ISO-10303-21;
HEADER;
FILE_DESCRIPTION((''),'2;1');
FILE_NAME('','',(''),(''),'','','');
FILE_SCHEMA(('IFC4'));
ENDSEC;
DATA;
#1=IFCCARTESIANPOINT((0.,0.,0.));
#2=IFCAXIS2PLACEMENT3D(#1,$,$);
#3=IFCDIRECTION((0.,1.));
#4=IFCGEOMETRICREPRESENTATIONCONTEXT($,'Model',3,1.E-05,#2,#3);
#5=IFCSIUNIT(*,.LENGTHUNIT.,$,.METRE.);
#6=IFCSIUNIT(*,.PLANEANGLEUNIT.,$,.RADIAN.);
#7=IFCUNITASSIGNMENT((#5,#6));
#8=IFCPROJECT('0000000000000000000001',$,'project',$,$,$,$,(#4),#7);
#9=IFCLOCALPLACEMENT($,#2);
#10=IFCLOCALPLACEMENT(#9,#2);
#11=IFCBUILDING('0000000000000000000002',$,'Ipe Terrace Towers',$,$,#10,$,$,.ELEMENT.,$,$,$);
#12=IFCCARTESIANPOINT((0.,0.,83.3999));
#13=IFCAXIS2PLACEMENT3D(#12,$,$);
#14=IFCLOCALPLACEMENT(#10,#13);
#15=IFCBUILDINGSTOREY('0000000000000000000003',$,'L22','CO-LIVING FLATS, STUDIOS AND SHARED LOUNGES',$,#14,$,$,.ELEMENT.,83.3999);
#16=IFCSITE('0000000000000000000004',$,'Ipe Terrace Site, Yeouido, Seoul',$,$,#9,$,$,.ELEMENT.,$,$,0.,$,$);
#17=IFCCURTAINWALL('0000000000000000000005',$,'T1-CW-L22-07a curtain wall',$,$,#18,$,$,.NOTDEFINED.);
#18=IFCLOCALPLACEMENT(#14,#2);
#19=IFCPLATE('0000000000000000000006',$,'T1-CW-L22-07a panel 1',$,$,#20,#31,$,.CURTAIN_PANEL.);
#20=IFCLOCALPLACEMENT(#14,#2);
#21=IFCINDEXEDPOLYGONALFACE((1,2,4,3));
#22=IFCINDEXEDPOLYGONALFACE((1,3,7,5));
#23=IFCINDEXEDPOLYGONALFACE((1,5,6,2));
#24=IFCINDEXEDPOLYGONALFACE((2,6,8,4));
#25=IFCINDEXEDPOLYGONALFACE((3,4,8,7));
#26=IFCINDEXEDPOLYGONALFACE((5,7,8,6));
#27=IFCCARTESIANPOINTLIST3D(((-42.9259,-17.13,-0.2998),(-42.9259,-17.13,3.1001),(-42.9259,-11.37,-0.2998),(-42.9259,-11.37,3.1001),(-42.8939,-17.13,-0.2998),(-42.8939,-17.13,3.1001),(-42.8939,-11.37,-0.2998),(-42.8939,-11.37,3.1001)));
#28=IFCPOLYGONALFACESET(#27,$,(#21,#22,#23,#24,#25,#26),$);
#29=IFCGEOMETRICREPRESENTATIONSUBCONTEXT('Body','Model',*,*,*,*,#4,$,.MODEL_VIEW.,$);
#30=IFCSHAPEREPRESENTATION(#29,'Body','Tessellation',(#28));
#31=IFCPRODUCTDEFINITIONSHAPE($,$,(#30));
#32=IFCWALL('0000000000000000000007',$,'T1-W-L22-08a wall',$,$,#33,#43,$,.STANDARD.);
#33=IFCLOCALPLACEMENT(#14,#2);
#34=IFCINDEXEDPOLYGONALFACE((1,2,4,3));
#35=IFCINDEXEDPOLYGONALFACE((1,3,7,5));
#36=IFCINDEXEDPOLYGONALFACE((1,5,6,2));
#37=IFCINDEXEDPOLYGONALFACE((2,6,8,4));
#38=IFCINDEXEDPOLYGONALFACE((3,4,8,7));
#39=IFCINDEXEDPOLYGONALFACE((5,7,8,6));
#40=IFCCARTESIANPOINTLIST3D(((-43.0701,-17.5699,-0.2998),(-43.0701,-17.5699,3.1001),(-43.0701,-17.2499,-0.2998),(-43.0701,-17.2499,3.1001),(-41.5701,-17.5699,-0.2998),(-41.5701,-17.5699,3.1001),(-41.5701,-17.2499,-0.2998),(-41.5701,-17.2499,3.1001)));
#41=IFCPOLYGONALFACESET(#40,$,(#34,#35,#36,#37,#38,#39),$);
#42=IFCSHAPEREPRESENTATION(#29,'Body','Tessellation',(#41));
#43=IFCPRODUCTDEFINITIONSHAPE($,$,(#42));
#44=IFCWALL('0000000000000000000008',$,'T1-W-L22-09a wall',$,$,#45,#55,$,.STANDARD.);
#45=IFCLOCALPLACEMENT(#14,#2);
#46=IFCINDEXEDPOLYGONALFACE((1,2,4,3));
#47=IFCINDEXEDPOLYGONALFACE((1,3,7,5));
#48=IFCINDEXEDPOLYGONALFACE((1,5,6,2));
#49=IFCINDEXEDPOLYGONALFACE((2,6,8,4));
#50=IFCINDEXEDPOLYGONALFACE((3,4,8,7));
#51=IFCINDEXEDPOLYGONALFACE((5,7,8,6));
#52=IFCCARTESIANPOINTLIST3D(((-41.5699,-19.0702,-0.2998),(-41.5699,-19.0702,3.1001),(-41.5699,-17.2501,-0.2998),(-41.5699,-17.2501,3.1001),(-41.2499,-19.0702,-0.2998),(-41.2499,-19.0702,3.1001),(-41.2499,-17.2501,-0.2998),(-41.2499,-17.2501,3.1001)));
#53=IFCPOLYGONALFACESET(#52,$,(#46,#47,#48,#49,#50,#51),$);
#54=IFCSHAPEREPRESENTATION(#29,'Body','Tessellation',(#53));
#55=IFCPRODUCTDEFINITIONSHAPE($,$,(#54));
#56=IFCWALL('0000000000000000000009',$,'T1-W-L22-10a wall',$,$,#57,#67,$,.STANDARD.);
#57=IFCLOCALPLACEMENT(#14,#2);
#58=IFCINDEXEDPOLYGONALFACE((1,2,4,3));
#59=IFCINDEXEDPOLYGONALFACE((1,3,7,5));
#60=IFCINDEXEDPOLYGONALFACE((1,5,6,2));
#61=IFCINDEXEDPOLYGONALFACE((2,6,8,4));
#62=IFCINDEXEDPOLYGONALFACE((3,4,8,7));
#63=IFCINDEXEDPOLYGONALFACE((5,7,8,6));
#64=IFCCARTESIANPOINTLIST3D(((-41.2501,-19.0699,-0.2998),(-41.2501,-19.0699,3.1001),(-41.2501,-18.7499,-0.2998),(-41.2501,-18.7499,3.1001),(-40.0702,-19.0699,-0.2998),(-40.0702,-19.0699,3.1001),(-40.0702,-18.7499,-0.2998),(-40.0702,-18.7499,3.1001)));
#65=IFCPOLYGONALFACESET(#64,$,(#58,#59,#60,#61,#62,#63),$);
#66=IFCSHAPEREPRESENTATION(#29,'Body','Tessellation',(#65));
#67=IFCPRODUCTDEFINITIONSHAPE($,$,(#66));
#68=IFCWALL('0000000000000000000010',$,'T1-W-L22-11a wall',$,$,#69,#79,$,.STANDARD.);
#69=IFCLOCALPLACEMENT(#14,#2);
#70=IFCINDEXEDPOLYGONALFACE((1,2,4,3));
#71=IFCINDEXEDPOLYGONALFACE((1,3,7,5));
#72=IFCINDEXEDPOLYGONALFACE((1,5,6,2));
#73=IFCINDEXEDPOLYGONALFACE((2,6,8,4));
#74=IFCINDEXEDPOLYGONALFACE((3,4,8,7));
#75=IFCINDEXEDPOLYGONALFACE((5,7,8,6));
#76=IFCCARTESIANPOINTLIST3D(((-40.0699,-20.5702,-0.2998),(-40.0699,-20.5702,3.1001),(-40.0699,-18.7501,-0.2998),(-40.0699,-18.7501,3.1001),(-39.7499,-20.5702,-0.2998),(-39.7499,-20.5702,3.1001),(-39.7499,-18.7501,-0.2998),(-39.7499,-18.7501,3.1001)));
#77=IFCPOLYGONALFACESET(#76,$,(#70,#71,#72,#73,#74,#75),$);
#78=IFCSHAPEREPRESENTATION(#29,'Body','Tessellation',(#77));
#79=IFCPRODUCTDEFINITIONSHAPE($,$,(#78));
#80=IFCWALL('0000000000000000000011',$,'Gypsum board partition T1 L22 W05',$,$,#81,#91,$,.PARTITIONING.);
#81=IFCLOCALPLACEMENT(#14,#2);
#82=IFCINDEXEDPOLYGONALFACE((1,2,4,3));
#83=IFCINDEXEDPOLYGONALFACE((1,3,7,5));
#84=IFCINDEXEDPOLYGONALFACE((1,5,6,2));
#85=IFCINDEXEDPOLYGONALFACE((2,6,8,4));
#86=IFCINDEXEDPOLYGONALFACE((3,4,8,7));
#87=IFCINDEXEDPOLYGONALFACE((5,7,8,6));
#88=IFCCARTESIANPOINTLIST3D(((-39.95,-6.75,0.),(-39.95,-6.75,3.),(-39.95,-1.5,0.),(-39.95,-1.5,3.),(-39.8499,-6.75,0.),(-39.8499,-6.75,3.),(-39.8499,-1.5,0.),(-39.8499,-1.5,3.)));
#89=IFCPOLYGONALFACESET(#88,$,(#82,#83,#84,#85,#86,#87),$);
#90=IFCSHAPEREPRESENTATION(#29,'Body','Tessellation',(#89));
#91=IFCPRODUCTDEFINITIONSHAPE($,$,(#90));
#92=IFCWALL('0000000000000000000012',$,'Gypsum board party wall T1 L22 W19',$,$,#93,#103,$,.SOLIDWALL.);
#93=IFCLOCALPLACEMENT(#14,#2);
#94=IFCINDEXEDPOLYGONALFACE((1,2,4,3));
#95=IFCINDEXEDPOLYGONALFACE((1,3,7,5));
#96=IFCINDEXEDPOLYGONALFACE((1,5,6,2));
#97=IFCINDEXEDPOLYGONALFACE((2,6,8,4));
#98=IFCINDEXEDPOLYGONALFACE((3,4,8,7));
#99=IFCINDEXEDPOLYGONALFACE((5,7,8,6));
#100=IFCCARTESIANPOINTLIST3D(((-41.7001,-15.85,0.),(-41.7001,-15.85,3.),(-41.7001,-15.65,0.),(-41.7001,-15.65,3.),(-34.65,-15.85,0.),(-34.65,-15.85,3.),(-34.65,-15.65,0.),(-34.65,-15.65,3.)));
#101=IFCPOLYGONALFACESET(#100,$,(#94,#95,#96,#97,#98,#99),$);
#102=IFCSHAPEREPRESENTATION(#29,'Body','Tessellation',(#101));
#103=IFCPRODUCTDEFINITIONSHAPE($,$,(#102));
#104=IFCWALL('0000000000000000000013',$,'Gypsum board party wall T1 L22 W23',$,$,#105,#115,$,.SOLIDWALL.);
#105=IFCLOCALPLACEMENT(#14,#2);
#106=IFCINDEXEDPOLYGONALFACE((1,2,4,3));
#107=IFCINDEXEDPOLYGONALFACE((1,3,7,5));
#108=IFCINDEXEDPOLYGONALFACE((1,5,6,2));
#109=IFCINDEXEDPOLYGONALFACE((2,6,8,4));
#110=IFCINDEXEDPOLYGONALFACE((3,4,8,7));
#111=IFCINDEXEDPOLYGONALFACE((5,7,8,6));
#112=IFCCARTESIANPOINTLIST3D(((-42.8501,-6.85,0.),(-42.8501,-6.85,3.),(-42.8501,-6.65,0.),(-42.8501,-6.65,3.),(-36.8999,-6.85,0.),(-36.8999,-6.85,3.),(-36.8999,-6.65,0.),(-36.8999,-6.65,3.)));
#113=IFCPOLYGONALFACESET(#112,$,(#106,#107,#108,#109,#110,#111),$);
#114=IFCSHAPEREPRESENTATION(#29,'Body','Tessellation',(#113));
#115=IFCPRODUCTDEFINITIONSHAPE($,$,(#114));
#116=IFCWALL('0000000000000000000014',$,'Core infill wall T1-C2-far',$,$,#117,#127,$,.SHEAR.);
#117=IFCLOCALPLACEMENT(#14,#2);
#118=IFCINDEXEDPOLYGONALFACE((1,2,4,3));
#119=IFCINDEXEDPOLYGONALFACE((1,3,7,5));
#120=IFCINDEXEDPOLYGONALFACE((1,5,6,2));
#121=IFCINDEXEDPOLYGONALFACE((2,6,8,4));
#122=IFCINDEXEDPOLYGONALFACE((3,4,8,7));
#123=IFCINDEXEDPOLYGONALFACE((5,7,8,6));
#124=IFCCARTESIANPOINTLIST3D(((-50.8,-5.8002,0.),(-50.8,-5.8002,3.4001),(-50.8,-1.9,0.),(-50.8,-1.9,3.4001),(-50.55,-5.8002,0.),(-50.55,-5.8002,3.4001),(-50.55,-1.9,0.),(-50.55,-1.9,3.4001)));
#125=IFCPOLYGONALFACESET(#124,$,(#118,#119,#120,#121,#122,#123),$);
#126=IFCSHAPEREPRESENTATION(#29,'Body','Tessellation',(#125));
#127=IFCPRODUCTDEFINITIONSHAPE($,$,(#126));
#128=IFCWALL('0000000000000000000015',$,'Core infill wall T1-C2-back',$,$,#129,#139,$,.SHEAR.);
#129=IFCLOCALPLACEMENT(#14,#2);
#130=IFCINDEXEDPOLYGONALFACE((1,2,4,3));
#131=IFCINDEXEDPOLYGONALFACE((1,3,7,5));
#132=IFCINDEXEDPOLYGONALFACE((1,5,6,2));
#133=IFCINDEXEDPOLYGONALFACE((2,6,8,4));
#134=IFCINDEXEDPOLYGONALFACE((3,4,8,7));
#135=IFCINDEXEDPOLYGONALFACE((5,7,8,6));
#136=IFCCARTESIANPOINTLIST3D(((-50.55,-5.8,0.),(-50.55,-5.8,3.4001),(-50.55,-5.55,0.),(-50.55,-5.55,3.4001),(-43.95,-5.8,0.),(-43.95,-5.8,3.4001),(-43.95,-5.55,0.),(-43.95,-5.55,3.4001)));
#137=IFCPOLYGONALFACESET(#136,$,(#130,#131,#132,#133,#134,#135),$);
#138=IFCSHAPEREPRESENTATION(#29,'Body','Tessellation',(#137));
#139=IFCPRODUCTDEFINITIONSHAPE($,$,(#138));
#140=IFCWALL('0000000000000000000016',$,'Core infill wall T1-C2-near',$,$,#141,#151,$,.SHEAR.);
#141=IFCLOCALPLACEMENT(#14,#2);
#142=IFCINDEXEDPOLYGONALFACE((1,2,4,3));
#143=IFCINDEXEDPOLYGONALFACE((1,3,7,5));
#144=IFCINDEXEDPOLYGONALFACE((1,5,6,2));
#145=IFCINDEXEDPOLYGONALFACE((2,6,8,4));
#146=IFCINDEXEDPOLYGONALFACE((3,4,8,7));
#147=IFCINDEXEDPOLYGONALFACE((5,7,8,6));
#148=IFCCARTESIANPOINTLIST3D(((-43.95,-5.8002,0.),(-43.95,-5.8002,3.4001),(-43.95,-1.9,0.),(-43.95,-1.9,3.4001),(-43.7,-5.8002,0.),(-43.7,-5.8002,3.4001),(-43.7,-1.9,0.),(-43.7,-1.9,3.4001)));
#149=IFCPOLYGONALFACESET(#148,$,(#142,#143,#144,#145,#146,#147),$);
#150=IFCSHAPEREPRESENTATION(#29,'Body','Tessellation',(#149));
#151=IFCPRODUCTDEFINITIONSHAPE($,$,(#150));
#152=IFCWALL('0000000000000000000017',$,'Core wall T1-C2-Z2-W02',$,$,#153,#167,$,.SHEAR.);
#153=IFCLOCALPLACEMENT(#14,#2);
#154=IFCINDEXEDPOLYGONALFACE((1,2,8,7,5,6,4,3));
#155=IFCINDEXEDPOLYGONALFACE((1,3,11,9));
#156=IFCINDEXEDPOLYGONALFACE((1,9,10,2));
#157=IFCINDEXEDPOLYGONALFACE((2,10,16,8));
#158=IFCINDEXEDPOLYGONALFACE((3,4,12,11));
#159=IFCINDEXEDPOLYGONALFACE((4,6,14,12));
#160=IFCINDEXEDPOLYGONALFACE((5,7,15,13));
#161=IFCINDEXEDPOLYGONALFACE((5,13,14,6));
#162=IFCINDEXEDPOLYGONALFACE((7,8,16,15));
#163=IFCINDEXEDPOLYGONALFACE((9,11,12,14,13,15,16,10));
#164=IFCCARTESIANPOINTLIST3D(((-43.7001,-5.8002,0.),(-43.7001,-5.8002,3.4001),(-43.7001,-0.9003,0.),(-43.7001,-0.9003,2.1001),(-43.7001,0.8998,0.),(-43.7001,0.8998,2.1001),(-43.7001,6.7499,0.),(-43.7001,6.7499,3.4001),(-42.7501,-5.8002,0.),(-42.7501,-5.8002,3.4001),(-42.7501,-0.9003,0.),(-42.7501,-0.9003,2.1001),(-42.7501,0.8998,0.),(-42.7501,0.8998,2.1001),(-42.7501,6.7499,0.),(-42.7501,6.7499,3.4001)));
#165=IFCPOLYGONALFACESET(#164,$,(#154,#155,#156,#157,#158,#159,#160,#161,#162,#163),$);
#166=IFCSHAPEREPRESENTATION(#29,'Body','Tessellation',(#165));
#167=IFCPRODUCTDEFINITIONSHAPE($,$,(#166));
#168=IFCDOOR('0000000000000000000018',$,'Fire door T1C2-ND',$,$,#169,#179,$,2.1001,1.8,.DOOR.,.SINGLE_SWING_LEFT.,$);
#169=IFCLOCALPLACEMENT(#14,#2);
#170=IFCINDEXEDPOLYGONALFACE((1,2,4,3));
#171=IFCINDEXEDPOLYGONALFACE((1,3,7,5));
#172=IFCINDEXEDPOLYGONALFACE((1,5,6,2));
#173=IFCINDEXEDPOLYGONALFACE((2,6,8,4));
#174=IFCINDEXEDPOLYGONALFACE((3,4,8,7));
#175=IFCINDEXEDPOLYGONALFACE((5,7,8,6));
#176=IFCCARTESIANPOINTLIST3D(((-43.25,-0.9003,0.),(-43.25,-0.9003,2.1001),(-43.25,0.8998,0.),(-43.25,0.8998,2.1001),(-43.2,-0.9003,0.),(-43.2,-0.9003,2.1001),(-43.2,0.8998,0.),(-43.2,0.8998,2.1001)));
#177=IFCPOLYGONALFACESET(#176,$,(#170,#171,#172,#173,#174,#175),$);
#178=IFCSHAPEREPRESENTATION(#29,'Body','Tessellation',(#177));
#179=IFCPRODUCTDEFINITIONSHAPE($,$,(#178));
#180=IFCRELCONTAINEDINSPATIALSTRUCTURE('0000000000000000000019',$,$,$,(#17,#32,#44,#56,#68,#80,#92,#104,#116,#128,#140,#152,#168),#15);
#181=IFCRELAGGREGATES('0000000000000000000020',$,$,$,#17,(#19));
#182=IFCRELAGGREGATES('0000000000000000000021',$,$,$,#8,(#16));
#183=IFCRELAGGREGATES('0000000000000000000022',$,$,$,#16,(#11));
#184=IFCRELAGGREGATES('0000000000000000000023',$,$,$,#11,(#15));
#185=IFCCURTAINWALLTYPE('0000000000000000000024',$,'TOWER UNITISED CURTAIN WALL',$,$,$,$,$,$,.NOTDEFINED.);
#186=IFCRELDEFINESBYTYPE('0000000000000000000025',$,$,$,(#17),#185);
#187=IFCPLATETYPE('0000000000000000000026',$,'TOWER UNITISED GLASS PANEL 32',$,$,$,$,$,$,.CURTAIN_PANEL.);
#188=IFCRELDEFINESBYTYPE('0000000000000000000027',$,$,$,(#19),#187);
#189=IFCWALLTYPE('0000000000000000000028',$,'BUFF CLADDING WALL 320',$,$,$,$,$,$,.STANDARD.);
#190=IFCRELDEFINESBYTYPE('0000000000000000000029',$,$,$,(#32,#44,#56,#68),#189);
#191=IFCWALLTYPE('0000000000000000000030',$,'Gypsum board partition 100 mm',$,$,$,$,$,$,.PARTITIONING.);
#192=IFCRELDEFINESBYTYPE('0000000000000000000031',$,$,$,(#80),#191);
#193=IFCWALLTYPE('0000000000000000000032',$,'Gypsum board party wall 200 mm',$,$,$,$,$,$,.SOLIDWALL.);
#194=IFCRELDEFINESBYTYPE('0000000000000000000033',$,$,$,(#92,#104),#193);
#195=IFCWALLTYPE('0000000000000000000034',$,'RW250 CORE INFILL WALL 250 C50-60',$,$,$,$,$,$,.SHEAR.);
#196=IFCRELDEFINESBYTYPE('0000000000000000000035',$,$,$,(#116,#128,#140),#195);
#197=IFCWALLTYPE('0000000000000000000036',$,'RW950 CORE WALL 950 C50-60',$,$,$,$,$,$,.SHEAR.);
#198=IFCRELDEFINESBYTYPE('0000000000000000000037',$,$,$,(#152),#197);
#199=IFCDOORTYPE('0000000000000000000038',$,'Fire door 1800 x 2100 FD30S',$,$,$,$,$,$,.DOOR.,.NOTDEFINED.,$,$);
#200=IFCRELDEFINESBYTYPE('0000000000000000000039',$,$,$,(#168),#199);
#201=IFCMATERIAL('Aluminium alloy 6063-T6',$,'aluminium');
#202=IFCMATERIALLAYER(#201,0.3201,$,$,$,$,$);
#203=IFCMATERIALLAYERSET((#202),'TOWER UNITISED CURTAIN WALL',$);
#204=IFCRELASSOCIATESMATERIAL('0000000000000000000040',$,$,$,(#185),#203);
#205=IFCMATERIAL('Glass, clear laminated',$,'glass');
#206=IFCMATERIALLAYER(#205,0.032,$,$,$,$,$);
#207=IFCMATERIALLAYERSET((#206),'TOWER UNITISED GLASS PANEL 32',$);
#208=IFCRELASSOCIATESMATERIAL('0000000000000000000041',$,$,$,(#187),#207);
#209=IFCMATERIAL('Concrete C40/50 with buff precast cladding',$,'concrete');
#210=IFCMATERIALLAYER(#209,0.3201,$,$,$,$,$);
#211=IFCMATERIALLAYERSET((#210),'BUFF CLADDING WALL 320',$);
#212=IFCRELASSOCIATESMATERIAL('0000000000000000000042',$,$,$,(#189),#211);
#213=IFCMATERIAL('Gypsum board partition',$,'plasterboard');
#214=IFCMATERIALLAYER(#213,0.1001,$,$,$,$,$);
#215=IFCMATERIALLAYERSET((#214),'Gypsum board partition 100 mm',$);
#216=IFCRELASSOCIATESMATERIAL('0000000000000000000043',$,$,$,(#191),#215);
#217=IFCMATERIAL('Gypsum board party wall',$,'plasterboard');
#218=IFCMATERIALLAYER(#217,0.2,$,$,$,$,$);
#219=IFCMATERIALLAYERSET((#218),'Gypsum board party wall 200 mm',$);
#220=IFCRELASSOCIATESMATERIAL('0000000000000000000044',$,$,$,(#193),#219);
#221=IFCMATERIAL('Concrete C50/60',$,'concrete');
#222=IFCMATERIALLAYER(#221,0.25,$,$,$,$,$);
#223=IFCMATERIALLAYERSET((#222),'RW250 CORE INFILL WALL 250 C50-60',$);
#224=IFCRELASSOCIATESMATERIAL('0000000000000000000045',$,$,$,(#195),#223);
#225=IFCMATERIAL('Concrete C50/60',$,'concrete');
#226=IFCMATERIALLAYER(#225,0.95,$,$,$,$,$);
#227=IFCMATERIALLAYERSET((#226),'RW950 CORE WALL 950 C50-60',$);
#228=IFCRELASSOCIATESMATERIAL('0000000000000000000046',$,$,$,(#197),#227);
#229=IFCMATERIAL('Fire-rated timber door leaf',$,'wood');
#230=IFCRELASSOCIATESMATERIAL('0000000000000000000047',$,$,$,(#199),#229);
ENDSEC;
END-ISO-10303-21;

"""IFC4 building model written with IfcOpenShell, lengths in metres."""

from ifc_helpers import new_model, si_unit, direction, frame, frame_2d, origin, origin_2d, place, context, subcontext, project, spatial, rectangle, extrude, material, layer, layer_set, type_object, element, fill, aggregate, save


model = new_model("IFC4")

# Units and contexts
model_context = context("Model", 3, precision=1e-05, world=origin(), true_north=direction((0.0, 1.0)))
body_context = subcontext(model_context, "Body", "Model", "MODEL_VIEW")
ifc_project = project(units=[si_unit("LENGTHUNIT", "METRE"), si_unit("PLANEANGLEUNIT", "RADIAN")], contexts=[model_context])

# Site, building, storey
site_placement = place(None, origin())
site = spatial("IfcSite", under=ifc_project, at=site_placement, Name="Ipe Terrace Site, Yeouido, Seoul", CompositionType="ELEMENT", RefElevation=0.0)
building_placement = place(site_placement, origin())
building = spatial("IfcBuilding", under=site, at=building_placement, Name="Ipe Terrace Towers", CompositionType="ELEMENT")
storey_placement = place(building_placement, frame((0.0, 0.0, 83.3999)))
storey = spatial("IfcBuildingStorey", under=building, at=storey_placement, Name="L22", Description="CO-LIVING FLATS, STUDIOS AND SHARED LOUNGES", CompositionType="ELEMENT", Elevation=83.3999)

# Curtain wall
ifc_material_1 = material(Name="Aluminium alloy 6063-T6", Category="aluminium")
ifc_layer_1 = layer(ifc_material_1, 0.3201)
ifc_layer_set_1 = layer_set([ifc_layer_1], Name="TOWER UNITISED CURTAIN WALL")
curtain_wall_type = type_object("IfcCurtainWallType", Name="TOWER UNITISED CURTAIN WALL", PredefinedType="NOTDEFINED", material=ifc_layer_set_1)
curtain_wall_1_placement = place(storey_placement, origin())
curtain_wall_1 = element("IfcCurtainWall", 1, at=curtain_wall_1_placement, inside=storey, type_object=curtain_wall_type, Name="T1-CW-L22-07a curtain wall", PredefinedType="NOTDEFINED")

# Plate
ifc_material_2 = material(Name="Glass, clear laminated", Category="glass")
ifc_layer_2 = layer(ifc_material_2, 0.032)
ifc_layer_set_2 = layer_set([ifc_layer_2], Name="TOWER UNITISED GLASS PANEL 32")
plate_type = type_object("IfcPlateType", Name="TOWER UNITISED GLASS PANEL 32", PredefinedType="CURTAIN_PANEL", material=ifc_layer_set_2)
plate_1_placement = place(storey_placement, frame((-42.9099, -14.25, -0.2998), z_axis=(0.0, 0.0, 1.0), x_axis=(0.0, -1.0, 0.0)))
plate_1 = element("IfcPlate", 2, at=plate_1_placement, type_object=plate_type, Name="T1-CW-L22-07a panel 1", PredefinedType="CURTAIN_PANEL", context=body_context, shape_type="SweptSolid", body=[
    extrude(rectangle(XDim=5.76, YDim=0.032, at=origin_2d()), origin(), (0.0, 0.0, 1.0), 3.3999),
])
aggregate(curtain_wall_1, [plate_1])

# Walls
ifc_material_3 = material(Name="Concrete C40/50 with buff precast cladding", Category="concrete")
ifc_layer_3 = layer(ifc_material_3, 0.3201)
ifc_layer_set_3 = layer_set([ifc_layer_3], Name="BUFF CLADDING WALL 320")
wall_type_1 = type_object("IfcWallType", Name="BUFF CLADDING WALL 320", PredefinedType="STANDARD", material=ifc_layer_set_3)
wall_1_placement = place(storey_placement, frame((-43.0701, -17.4099, -0.2998), z_axis=(0.0, 0.0, 1.0), x_axis=(1.0, 0.0, 0.0)))
element("IfcWall", 3, at=wall_1_placement, inside=storey, type_object=wall_type_1, Name="T1-W-L22-08a wall", PredefinedType="STANDARD", context=body_context, shape_type="SweptSolid", body=[
    extrude(rectangle(XDim=1.5, YDim=0.3201, at=frame_2d((0.75, 0.0))), origin(), (0.0, 0.0, 1.0), 3.3999),
])
wall_2_placement = place(storey_placement, frame((-41.4099, -17.25, -0.2998), z_axis=(0.0, 0.0, 1.0), x_axis=(0.0, -1.0, 0.0)))
element("IfcWall", 4, at=wall_2_placement, inside=storey, type_object=wall_type_1, Name="T1-W-L22-09a wall", PredefinedType="STANDARD", context=body_context, shape_type="SweptSolid", body=[
    extrude(rectangle(XDim=1.8201, YDim=0.3201, at=frame_2d((0.9102, 0.0))), origin(), (0.0, 0.0, 1.0), 3.3999),
])
wall_3_placement = place(storey_placement, frame((-41.25, -18.9099, -0.2998), z_axis=(0.0, 0.0, 1.0), x_axis=(1.0, 0.0, 0.0)))
element("IfcWall", 5, at=wall_3_placement, inside=storey, type_object=wall_type_1, Name="T1-W-L22-10a wall", PredefinedType="STANDARD", context=body_context, shape_type="SweptSolid", body=[
    extrude(rectangle(XDim=1.1799, YDim=0.3201, at=frame_2d((0.5898, 0.0))), origin(), (0.0, 0.0, 1.0), 3.3999),
])
wall_4_placement = place(storey_placement, frame((-39.9099, -18.75, -0.2998), z_axis=(0.0, 0.0, 1.0), x_axis=(0.0, -1.0, 0.0)))
element("IfcWall", 6, at=wall_4_placement, inside=storey, type_object=wall_type_1, Name="T1-W-L22-11a wall", PredefinedType="STANDARD", context=body_context, shape_type="SweptSolid", body=[
    extrude(rectangle(XDim=1.8201, YDim=0.3201, at=frame_2d((0.9102, 0.0))), origin(), (0.0, 0.0, 1.0), 3.3999),
])
ifc_material_4 = material(Name="Gypsum board partition", Category="plasterboard")
ifc_layer_4 = layer(ifc_material_4, 0.1001)
ifc_layer_set_4 = layer_set([ifc_layer_4], Name="Gypsum board partition 100 mm")
wall_type_2 = type_object("IfcWallType", Name="Gypsum board partition 100 mm", PredefinedType="PARTITIONING", material=ifc_layer_set_4)
wall_5_placement = place(storey_placement, frame((-39.8999, -6.75, 0.0), z_axis=(0.0, 0.0, 1.0), x_axis=(0.0, 1.0, 0.0)))
element("IfcWall", 7, at=wall_5_placement, inside=storey, type_object=wall_type_2, Name="Gypsum board partition T1 L22 W05", PredefinedType="PARTITIONING", context=body_context, shape_type="SweptSolid", body=[
    extrude(rectangle(XDim=5.25, YDim=0.1001, at=frame_2d((2.625, 0.0))), origin(), (0.0, 0.0, 1.0), 3.0),
])
ifc_material_5 = material(Name="Gypsum board party wall", Category="plasterboard")
ifc_layer_5 = layer(ifc_material_5, 0.2)
ifc_layer_set_5 = layer_set([ifc_layer_5], Name="Gypsum board party wall 200 mm")
wall_type_3 = type_object("IfcWallType", Name="Gypsum board party wall 200 mm", PredefinedType="SOLIDWALL", material=ifc_layer_set_5)
wall_6_placement = place(storey_placement, frame((-41.7, -15.75, 0.0), z_axis=(0.0, 0.0, 1.0), x_axis=(1.0, 0.0, 0.0)))
element("IfcWall", 8, at=wall_6_placement, inside=storey, type_object=wall_type_3, Name="Gypsum board party wall T1 L22 W19", PredefinedType="SOLIDWALL", context=body_context, shape_type="SweptSolid", body=[
    extrude(rectangle(XDim=7.05, YDim=0.2, at=frame_2d((3.5249, 0.0))), origin(), (0.0, 0.0, 1.0), 3.0),
])
wall_7_placement = place(storey_placement, frame((-42.8501, -6.75, 0.0), z_axis=(0.0, 0.0, 1.0), x_axis=(1.0, 0.0, 0.0)))
element("IfcWall", 9, at=wall_7_placement, inside=storey, type_object=wall_type_3, Name="Gypsum board party wall T1 L22 W23", PredefinedType="SOLIDWALL", context=body_context, shape_type="SweptSolid", body=[
    extrude(rectangle(XDim=5.9502, YDim=0.2, at=frame_2d((2.9751, 0.0))), origin(), (0.0, 0.0, 1.0), 3.0),
])
ifc_material_6 = material(Name="Concrete C50/60", Category="concrete")
ifc_layer_6 = layer(ifc_material_6, 0.25)
ifc_layer_set_6 = layer_set([ifc_layer_6], Name="RW250 CORE INFILL WALL 250 C50-60")
wall_type_4 = type_object("IfcWallType", Name="RW250 CORE INFILL WALL 250 C50-60", PredefinedType="SHEAR", material=ifc_layer_set_6)
wall_8_placement = place(storey_placement, frame((-50.675, -1.8999, 0.0), z_axis=(0.0, 0.0, 1.0), x_axis=(0.0, -1.0, 0.0)))
element("IfcWall", 10, at=wall_8_placement, inside=storey, type_object=wall_type_4, Name="Core infill wall T1-C2-far", PredefinedType="SHEAR", context=body_context, shape_type="SweptSolid", body=[
    extrude(rectangle(XDim=3.9001, YDim=0.25, at=frame_2d((1.9502, 0.0))), origin(), (0.0, 0.0, 1.0), 3.4001),
])
wall_9_placement = place(storey_placement, frame((-43.95, -5.675, 0.0), z_axis=(0.0, 0.0, 1.0), x_axis=(-1.0, 0.0, 0.0)))
element("IfcWall", 11, at=wall_9_placement, inside=storey, type_object=wall_type_4, Name="Core infill wall T1-C2-back", PredefinedType="SHEAR", context=body_context, shape_type="SweptSolid", body=[
    extrude(rectangle(XDim=6.6001, YDim=0.25, at=frame_2d((3.3, 0.0))), origin(), (0.0, 0.0, 1.0), 3.4001),
])
wall_10_placement = place(storey_placement, frame((-43.825, -1.8999, 0.0), z_axis=(0.0, 0.0, 1.0), x_axis=(0.0, -1.0, 0.0)))
element("IfcWall", 12, at=wall_10_placement, inside=storey, type_object=wall_type_4, Name="Core infill wall T1-C2-near", PredefinedType="SHEAR", context=body_context, shape_type="SweptSolid", body=[
    extrude(rectangle(XDim=3.9001, YDim=0.25, at=frame_2d((1.9502, 0.0))), origin(), (0.0, 0.0, 1.0), 3.4001),
])

# Wall, opening, door
ifc_material_7 = material(Name="Concrete C50/60", Category="concrete")
ifc_layer_7 = layer(ifc_material_7, 0.95)
ifc_layer_set_7 = layer_set([ifc_layer_7], Name="RW950 CORE WALL 950 C50-60")
wall_type_5 = type_object("IfcWallType", Name="RW950 CORE WALL 950 C50-60", PredefinedType="SHEAR", material=ifc_layer_set_7)
wall_11_placement = place(storey_placement, frame((-43.2251, -5.8, 0.0), z_axis=(0.0, 0.0, 1.0), x_axis=(0.0, 1.0, 0.0)))
wall_11 = element("IfcWall", 13, at=wall_11_placement, inside=storey, type_object=wall_type_5, Name="Core wall T1-C2-Z2-W02", PredefinedType="SHEAR", context=body_context, shape_type="SweptSolid", body=[
    extrude(rectangle(XDim=12.55, YDim=0.95, at=frame_2d((6.2749, 0.0))), origin(), (0.0, 0.0, 1.0), 3.4001),
])
opening_placement = place(wall_11_placement, frame((4.8999, 0.0, 0.0)))
opening = element("IfcOpeningElement", 14, at=opening_placement, cuts=wall_11, PredefinedType="OPENING", context=body_context, shape_type="SweptSolid", body=[
    extrude(rectangle(XDim=1.8, YDim=2.1001, at=frame_2d((0.8999, 1.05))), frame((0.0, 0.4849, 0.0), z_axis=(0.0, -1.0, 0.0), x_axis=(1.0, 0.0, 0.0)), (0.0, 0.0, 1.0), 0.97),
])
ifc_material_8 = material(Name="Fire-rated timber door leaf", Category="wood")
door_type = type_object("IfcDoorType", Name="Fire door 1800 x 2100 FD30S", OperationType="NOTDEFINED", PredefinedType="DOOR", material=ifc_material_8)
door_placement = place(opening_placement, origin())
door = element("IfcDoor", 15, at=door_placement, inside=storey, type_object=door_type, Name="Fire door T1C2-ND", OperationType="SINGLE_SWING_LEFT", OverallHeight=2.1001, OverallWidth=1.8, PredefinedType="DOOR", context=body_context, shape_type="SweptSolid", body=[
    extrude(rectangle(XDim=1.8, YDim=2.1001, at=frame_2d((0.8999, 1.05))), frame((0.0, 0.0249, 0.0), z_axis=(0.0, -1.0, 0.0), x_axis=(1.0, 0.0, 0.0)), (0.0, 0.0, 1.0), 0.05),
])
fill(opening, door)

save(model, "model.ifc")
